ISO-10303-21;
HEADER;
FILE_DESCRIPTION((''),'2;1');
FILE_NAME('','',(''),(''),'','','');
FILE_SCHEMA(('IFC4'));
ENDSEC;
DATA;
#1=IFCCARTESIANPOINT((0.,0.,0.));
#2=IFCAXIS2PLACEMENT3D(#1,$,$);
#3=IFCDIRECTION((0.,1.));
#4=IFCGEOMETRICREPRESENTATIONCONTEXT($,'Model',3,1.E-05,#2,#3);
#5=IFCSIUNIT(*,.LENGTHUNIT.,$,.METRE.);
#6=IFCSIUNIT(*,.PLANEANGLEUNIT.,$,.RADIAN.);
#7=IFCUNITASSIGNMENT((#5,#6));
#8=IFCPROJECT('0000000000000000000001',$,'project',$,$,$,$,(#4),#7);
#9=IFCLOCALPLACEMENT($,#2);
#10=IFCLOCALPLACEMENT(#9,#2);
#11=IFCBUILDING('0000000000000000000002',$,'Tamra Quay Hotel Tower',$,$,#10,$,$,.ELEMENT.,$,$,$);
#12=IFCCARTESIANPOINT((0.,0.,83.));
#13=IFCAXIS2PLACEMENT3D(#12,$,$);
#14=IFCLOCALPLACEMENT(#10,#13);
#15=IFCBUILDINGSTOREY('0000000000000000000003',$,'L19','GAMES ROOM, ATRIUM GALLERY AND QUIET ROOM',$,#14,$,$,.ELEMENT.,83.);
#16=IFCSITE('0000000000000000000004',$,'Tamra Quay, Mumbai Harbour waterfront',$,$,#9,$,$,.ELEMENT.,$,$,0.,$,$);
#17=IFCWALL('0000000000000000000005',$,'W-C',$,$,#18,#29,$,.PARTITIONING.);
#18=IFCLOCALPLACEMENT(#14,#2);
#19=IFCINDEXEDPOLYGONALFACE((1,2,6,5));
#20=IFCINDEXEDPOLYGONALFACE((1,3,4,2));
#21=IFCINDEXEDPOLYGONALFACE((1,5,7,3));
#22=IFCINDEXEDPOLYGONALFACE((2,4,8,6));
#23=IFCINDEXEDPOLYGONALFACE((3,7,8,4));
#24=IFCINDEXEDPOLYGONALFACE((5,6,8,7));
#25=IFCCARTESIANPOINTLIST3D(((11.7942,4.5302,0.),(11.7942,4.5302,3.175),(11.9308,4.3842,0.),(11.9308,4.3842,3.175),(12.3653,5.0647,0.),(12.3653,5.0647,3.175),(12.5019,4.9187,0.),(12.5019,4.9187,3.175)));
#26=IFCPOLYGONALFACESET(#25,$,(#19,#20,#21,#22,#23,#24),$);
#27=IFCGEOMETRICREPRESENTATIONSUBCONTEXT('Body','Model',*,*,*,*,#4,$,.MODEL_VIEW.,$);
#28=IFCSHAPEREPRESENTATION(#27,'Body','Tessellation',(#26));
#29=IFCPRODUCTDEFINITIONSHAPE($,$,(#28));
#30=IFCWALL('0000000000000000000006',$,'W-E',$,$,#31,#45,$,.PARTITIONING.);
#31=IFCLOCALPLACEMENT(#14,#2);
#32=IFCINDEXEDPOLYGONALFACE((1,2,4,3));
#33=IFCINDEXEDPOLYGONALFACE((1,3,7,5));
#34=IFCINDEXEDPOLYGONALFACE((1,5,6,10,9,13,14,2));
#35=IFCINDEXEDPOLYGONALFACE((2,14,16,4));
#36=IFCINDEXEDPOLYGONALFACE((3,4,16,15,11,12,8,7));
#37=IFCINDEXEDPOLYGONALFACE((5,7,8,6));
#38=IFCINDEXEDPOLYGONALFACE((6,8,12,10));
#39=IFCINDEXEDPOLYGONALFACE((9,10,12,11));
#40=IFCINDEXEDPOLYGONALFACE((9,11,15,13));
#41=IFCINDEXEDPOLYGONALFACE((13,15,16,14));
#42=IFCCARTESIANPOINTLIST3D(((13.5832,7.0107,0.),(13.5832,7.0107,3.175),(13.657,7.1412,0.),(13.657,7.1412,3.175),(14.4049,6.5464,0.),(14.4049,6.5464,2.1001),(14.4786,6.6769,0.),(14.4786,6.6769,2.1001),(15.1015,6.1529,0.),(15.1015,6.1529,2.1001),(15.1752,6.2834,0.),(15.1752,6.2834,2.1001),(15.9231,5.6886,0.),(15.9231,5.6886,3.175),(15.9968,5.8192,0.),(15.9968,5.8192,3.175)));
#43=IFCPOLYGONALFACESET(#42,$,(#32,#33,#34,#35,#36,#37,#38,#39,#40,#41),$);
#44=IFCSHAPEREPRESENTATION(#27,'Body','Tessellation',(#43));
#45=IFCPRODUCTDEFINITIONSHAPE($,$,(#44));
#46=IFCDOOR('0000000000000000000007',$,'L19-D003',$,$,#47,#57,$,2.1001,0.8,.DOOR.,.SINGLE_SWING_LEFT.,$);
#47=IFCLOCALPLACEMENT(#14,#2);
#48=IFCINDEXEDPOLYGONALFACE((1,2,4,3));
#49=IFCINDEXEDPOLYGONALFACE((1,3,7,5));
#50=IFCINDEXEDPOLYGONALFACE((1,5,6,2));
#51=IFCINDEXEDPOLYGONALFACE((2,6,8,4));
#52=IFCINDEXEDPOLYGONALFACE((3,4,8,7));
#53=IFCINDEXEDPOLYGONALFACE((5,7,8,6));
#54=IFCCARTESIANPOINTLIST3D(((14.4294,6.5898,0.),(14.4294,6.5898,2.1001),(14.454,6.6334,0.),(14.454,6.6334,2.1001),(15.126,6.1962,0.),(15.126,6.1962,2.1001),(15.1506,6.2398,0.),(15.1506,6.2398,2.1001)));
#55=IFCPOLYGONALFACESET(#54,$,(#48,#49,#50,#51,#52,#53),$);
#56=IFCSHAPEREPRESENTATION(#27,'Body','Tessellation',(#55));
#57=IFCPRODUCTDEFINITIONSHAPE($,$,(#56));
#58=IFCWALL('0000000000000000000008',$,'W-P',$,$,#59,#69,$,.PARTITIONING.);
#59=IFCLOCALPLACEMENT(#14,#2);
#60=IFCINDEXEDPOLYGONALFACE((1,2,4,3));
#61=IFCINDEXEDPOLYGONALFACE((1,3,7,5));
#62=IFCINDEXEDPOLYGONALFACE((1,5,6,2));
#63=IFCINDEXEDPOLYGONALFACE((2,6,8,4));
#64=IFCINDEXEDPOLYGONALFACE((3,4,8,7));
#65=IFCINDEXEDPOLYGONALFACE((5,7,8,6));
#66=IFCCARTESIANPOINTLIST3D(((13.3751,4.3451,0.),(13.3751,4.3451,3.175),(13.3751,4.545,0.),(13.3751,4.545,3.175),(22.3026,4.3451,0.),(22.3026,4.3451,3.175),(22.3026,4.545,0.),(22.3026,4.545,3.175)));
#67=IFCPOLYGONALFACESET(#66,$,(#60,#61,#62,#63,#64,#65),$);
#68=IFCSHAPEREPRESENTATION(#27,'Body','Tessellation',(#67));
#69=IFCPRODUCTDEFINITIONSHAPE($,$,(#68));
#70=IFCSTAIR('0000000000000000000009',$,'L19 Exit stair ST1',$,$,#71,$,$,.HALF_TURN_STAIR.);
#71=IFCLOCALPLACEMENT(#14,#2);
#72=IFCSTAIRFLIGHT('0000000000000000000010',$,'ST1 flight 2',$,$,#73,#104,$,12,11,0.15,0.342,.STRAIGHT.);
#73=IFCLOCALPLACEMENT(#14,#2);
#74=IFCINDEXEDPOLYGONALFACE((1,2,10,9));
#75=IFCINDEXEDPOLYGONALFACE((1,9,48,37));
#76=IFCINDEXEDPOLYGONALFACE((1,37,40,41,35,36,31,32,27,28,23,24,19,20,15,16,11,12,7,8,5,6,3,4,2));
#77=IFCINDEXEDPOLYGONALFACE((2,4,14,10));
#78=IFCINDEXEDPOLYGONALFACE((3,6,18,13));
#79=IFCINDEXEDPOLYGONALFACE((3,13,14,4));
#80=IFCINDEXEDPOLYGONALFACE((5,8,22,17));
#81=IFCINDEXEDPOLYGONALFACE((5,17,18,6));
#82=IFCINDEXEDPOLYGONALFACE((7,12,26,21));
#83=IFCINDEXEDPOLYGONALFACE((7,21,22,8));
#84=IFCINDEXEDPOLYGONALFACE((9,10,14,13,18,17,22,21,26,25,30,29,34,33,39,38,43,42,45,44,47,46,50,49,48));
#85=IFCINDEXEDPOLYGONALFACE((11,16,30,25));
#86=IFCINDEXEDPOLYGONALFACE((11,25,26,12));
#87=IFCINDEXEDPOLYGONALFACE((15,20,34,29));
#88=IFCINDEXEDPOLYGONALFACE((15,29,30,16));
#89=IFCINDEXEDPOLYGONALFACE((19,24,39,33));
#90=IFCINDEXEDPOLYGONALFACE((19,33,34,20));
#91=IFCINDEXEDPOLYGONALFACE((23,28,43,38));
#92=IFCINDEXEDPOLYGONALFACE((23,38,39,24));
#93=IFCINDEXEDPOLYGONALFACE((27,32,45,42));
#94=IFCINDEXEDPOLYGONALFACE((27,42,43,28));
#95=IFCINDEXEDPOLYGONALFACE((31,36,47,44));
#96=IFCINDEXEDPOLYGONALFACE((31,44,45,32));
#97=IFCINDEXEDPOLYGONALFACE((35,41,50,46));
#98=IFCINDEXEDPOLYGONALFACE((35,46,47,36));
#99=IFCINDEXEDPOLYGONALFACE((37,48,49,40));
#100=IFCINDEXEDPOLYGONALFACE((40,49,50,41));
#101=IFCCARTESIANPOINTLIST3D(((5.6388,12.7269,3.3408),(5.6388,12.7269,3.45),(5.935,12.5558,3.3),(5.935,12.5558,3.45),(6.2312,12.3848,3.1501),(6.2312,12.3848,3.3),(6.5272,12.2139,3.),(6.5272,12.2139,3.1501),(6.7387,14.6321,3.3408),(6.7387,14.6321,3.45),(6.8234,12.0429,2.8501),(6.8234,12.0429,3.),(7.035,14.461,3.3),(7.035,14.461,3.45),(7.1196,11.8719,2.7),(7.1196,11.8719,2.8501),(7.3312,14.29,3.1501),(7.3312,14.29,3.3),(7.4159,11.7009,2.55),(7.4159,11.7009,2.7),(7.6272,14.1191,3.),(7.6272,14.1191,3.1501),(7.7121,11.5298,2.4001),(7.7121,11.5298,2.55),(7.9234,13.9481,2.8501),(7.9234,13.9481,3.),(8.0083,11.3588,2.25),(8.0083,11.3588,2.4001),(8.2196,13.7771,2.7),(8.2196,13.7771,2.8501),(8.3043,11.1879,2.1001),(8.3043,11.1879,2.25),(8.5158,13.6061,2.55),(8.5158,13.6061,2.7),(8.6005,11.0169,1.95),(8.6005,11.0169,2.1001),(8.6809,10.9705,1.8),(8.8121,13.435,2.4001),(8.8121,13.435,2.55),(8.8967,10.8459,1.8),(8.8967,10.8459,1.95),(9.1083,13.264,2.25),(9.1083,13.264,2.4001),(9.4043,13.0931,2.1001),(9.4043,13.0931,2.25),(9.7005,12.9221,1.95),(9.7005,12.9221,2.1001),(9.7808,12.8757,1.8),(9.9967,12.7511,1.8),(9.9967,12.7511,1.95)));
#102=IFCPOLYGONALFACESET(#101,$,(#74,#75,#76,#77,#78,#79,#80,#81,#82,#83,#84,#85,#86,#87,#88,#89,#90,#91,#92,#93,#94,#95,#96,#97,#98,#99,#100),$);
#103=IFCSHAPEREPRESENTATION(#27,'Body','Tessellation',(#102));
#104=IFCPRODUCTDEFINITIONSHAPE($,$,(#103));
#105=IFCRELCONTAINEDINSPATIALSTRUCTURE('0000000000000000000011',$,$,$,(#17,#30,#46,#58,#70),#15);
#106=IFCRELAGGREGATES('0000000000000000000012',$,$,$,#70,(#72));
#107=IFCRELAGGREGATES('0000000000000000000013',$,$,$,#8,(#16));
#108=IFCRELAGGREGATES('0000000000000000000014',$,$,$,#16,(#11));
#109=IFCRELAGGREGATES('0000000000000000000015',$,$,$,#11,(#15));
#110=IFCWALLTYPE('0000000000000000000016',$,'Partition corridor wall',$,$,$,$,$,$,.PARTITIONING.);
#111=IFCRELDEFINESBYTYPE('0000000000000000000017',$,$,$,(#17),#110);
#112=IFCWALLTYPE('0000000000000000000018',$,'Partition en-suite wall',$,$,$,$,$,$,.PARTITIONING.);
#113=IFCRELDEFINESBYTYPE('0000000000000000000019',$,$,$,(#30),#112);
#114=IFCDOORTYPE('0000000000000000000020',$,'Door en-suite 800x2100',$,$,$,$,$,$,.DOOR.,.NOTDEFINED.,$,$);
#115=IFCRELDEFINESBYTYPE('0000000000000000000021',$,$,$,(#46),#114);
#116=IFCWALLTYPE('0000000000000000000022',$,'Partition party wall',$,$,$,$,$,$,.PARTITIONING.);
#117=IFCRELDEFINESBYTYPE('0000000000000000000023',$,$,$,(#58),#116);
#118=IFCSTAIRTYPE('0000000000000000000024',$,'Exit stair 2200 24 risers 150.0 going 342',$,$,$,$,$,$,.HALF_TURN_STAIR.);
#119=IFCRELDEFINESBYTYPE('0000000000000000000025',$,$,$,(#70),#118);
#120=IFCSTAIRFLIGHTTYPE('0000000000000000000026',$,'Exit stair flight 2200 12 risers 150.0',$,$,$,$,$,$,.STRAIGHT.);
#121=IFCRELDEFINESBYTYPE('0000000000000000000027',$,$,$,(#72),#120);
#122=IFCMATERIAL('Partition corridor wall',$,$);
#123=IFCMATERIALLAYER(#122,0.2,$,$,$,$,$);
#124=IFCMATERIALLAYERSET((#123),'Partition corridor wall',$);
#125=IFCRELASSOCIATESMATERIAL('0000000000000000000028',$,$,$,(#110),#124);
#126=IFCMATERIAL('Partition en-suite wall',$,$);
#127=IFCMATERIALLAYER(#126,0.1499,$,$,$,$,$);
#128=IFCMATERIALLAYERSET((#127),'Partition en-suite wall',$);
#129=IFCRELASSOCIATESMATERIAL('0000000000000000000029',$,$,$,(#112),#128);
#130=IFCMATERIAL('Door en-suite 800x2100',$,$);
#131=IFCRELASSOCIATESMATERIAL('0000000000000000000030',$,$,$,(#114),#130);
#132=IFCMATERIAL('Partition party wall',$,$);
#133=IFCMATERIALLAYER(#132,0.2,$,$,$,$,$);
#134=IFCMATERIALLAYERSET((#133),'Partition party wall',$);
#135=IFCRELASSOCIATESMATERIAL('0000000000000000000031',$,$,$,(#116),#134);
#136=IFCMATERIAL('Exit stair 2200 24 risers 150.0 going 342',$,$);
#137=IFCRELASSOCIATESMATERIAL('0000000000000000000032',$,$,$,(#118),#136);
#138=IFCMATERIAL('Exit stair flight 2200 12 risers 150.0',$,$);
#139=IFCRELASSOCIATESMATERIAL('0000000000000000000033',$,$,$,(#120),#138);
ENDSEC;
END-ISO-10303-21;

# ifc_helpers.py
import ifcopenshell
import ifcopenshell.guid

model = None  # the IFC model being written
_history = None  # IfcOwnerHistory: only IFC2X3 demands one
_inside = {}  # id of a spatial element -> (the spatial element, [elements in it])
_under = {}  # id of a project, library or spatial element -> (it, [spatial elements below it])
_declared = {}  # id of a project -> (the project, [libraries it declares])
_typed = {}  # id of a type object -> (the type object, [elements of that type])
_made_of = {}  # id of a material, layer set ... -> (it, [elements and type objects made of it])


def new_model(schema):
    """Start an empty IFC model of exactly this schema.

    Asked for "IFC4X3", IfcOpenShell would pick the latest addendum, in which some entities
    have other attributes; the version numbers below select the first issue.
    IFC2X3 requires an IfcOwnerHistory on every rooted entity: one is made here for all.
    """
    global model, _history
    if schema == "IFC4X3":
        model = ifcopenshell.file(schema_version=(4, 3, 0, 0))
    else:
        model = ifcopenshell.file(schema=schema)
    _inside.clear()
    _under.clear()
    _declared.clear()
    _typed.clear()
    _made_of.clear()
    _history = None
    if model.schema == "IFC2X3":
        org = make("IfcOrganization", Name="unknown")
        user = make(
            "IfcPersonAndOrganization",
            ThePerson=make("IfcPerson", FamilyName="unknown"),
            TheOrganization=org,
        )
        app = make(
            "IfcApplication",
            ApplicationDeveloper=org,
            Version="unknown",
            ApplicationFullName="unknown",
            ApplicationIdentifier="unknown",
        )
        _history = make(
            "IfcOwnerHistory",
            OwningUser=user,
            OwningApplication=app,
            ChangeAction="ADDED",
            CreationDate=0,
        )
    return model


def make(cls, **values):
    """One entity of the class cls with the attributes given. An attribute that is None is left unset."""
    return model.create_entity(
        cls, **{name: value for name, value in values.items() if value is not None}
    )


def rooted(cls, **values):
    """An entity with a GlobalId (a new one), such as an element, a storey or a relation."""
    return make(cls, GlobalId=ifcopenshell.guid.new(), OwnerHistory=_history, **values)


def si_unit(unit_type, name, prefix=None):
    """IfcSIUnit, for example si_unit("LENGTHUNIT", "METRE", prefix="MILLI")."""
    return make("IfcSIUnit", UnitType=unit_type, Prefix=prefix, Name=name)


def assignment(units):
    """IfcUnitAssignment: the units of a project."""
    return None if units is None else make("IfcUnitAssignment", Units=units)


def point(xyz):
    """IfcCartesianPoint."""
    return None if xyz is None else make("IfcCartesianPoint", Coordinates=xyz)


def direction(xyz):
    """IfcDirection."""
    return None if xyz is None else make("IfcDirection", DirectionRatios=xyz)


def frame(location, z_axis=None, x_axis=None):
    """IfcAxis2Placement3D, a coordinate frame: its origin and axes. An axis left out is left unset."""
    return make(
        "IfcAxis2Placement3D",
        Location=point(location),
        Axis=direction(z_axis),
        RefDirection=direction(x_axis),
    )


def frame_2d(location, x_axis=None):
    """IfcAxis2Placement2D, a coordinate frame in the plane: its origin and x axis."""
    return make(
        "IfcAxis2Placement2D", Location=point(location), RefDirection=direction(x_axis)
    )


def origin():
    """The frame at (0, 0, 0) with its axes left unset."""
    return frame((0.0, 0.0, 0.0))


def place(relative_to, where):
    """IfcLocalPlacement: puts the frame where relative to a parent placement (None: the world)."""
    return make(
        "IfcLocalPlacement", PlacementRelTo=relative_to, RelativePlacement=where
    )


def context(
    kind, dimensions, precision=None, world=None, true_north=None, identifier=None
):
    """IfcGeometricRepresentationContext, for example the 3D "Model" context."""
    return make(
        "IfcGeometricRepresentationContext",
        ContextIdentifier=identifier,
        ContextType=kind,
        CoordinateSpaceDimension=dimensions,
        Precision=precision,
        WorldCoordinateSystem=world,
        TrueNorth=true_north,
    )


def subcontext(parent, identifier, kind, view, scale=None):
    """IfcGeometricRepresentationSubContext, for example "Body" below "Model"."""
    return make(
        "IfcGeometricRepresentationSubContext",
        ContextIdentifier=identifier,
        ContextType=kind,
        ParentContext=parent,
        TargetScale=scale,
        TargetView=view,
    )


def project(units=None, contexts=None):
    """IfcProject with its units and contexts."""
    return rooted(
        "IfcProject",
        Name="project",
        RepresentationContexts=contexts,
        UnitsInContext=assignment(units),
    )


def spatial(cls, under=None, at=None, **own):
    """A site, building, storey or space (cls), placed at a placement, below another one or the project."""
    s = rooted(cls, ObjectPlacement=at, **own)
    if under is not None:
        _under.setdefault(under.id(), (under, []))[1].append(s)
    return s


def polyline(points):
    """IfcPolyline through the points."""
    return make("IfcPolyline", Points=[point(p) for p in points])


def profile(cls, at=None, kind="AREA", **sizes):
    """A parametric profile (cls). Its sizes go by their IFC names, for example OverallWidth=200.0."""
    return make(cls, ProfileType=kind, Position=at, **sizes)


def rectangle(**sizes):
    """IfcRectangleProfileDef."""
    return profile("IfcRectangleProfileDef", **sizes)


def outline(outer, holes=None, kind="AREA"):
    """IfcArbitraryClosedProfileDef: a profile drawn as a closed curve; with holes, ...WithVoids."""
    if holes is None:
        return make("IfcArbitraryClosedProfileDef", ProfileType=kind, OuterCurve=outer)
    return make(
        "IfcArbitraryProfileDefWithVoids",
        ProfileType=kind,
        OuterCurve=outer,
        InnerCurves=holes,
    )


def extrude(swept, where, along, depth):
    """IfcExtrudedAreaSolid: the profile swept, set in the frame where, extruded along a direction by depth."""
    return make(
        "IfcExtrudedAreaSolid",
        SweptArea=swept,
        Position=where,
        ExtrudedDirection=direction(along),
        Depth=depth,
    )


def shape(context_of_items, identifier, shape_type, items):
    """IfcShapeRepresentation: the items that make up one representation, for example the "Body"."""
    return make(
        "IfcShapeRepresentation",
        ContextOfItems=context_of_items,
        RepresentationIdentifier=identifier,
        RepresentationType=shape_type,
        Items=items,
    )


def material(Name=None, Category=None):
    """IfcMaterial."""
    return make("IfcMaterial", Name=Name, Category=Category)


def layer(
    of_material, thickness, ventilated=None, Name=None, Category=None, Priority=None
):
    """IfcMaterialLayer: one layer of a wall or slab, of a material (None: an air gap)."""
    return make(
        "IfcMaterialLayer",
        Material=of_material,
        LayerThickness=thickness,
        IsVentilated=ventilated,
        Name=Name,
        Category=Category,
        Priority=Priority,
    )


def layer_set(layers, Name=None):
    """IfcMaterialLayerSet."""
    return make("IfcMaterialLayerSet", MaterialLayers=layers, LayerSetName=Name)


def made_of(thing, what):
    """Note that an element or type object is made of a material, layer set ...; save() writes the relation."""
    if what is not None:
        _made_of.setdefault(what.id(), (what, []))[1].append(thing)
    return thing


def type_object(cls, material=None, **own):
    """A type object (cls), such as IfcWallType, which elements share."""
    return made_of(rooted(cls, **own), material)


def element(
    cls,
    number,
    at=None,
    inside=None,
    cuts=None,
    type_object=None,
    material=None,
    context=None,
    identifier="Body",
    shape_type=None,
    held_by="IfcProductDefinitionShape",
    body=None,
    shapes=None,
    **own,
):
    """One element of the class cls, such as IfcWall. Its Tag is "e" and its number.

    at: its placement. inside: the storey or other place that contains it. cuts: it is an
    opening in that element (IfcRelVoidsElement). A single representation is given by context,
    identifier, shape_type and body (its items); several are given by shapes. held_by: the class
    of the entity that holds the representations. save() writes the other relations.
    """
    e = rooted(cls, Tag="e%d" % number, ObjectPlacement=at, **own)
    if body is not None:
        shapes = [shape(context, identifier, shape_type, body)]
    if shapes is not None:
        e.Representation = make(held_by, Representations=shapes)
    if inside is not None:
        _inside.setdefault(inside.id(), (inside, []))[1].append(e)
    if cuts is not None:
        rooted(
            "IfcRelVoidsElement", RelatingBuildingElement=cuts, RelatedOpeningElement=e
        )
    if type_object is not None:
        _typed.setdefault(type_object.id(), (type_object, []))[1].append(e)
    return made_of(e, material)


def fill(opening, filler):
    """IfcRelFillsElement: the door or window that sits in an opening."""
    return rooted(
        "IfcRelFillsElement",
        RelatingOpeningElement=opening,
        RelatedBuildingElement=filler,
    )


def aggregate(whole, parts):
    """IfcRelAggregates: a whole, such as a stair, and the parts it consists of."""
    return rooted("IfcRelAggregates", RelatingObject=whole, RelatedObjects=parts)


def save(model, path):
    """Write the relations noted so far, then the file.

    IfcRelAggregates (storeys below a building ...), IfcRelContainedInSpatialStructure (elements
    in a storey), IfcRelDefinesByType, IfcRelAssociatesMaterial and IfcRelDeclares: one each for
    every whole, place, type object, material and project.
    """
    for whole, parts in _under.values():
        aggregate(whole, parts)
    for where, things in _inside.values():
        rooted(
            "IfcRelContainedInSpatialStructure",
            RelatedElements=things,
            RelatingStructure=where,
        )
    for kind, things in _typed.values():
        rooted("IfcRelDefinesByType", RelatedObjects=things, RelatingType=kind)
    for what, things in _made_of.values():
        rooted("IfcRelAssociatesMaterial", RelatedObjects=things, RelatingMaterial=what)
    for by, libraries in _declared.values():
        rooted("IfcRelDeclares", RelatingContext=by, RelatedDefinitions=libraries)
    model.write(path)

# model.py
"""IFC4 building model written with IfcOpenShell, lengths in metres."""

from ifc_helpers import new_model, si_unit, direction, frame, frame_2d, origin, place, context, subcontext, project, spatial, polyline, rectangle, outline, extrude, material, layer, layer_set, type_object, element, fill, aggregate, save


model = new_model("IFC4")

# Units and contexts
model_context = context("Model", 3, precision=1e-05, world=origin(), true_north=direction((0.0, 1.0)))
body_context = subcontext(model_context, "Body", "Model", "MODEL_VIEW")
ifc_project = project(units=[si_unit("LENGTHUNIT", "METRE"), si_unit("PLANEANGLEUNIT", "RADIAN")], contexts=[model_context])

# Site, building, storey
site_placement = place(None, origin())
site = spatial("IfcSite", under=ifc_project, at=site_placement, Name="Tamra Quay, Mumbai Harbour waterfront", CompositionType="ELEMENT", RefElevation=0.0)
building_placement = place(site_placement, origin())
building = spatial("IfcBuilding", under=site, at=building_placement, Name="Tamra Quay Hotel Tower", CompositionType="ELEMENT")
storey_placement = place(building_placement, frame((0.0, 0.0, 83.0)))
storey = spatial("IfcBuildingStorey", under=building, at=storey_placement, Name="L19", Description="GAMES ROOM, ATRIUM GALLERY AND QUIET ROOM", CompositionType="ELEMENT", Elevation=83.0)

# Shared definitions
ifc_material_1 = material(Name="Partition corridor wall")
ifc_layer_1 = layer(ifc_material_1, 0.2)
ifc_layer_set_1 = layer_set([ifc_layer_1], Name="Partition corridor wall")
wall_type_1 = type_object("IfcWallType", Name="Partition corridor wall", PredefinedType="PARTITIONING", material=ifc_layer_set_1)

# Wall
wall_1_placement = place(storey_placement, frame((12.4336, 4.9917, 0.0), z_axis=(0.0, 0.0, 1.0), x_axis=(-0.730131, -0.683307, 0.0)))
element("IfcWall", 1, at=wall_1_placement, inside=storey, type_object=wall_type_1, Name="W-C", PredefinedType="PARTITIONING", context=body_context, shape_type="SweptSolid", body=[
    extrude(rectangle(XDim=0.7822, YDim=0.2, at=frame_2d((0.3911, 0.0))), origin(), (0.0, 0.0, 1.0), 3.175),
])

# Wall, opening, door
ifc_material_2 = material(Name="Partition en-suite wall")
ifc_layer_2 = layer(ifc_material_2, 0.1499)
ifc_layer_set_2 = layer_set([ifc_layer_2], Name="Partition en-suite wall")
wall_type_2 = type_object("IfcWallType", Name="Partition en-suite wall", PredefinedType="PARTITIONING", material=ifc_layer_set_2)
wall_2_placement = place(storey_placement, frame((13.6201, 7.0759, 0.0), z_axis=(0.0, 0.0, 1.0), x_axis=(0.870642, -0.491917, 0.0)))
wall_2 = element("IfcWall", 2, at=wall_2_placement, inside=storey, type_object=wall_type_2, Name="W-E", PredefinedType="PARTITIONING", context=body_context, shape_type="SweptSolid", body=[
    extrude(rectangle(XDim=2.6875, YDim=0.1499, at=frame_2d((1.3438, 0.0))), origin(), (0.0, 0.0, 1.0), 3.175),
])
opening_1_placement = place(wall_2_placement, frame((0.9438, 0.0, 0.0)))
opening_1 = element("IfcOpeningElement", 3, at=opening_1_placement, cuts=wall_2, PredefinedType="OPENING", context=body_context, shape_type="SweptSolid", body=[
    extrude(rectangle(XDim=0.8, YDim=2.1001, at=frame_2d((0.3999, 1.05))), frame((0.0, 0.085, 0.0), z_axis=(0.0, -1.0, 0.0), x_axis=(1.0, 0.0, 0.0)), (0.0, 0.0, 1.0), 0.1699),
])
ifc_material_3 = material(Name="Door en-suite 800x2100")
door_type_1 = type_object("IfcDoorType", Name="Door en-suite 800x2100", OperationType="NOTDEFINED", PredefinedType="DOOR", material=ifc_material_3)
door_1_placement = place(opening_1_placement, origin())
door_1 = element("IfcDoor", 4, at=door_1_placement, inside=storey, type_object=door_type_1, Name="L19-D003", OperationType="SINGLE_SWING_LEFT", OverallHeight=2.1001, OverallWidth=0.8, PredefinedType="DOOR", context=body_context, shape_type="SweptSolid", body=[
    extrude(rectangle(XDim=0.8, YDim=2.1001, at=frame_2d((0.3999, 1.05))), frame((0.0, 0.0249, 0.0), z_axis=(0.0, -1.0, 0.0), x_axis=(1.0, 0.0, 0.0)), (0.0, 0.0, 1.0), 0.05),
])
fill(opening_1, door_1)

# Wall
ifc_material_4 = material(Name="Partition party wall")
ifc_layer_3 = layer(ifc_material_4, 0.2)
ifc_layer_set_3 = layer_set([ifc_layer_3], Name="Partition party wall")
wall_type_3 = type_object("IfcWallType", Name="Partition party wall", PredefinedType="PARTITIONING", material=ifc_layer_set_3)
wall_3_placement = place(storey_placement, frame((13.375, 4.4451, 0.0), z_axis=(0.0, 0.0, 1.0), x_axis=(1.0, 0.0, 0.0)))
element("IfcWall", 5, at=wall_3_placement, inside=storey, type_object=wall_type_3, Name="W-P", PredefinedType="PARTITIONING", context=body_context, shape_type="SweptSolid", body=[
    extrude(rectangle(XDim=8.9275, YDim=0.2, at=frame_2d((4.4639, 0.0))), origin(), (0.0, 0.0, 1.0), 3.175),
])

# Stair, stair flight
ifc_material_5 = material(Name="Exit stair 2200 24 risers 150.0 going 342")
stair_type = type_object("IfcStairType", Name="Exit stair 2200 24 risers 150.0 going 342", PredefinedType="HALF_TURN_STAIR", material=ifc_material_5)
stair_placement = place(storey_placement, origin())
stair = element("IfcStair", 6, at=stair_placement, inside=storey, type_object=stair_type, Name="L19 Exit stair ST1", PredefinedType="HALF_TURN_STAIR")
ifc_material_6 = material(Name="Exit stair flight 2200 12 risers 150.0")
stair_flight_type = type_object("IfcStairFlightType", Name="Exit stair flight 2200 12 risers 150.0", PredefinedType="STRAIGHT", material=ifc_material_6)
stair_flight_placement = place(storey_placement, frame((9.4468, 11.7986, 1.8), z_axis=(0.0, 0.0, 1.0), x_axis=(-0.866025, 0.5, 0.0)))
stair_flight = element("IfcStairFlight", 7, at=stair_flight_placement, type_object=stair_flight_type, Name="ST1 flight 2", NumberOfRisers=12, NumberOfTreads=11, PredefinedType="STRAIGHT", RiserHeight=0.15, TreadLength=0.342, context=body_context, shape_type="SweptSolid", body=[
    extrude(outline(polyline([(0.0, 0.0), (0.0, 0.1499), (0.342, 0.1499), (0.342, 0.3), (0.6841, 0.3), (0.6841, 0.45), (1.0259, 0.45), (1.0259, 0.6001), (1.3679, 0.6001), (1.3679, 0.75), (1.71, 0.75), (1.71, 0.8999), (2.052, 0.8999), (2.052, 1.05), (2.394, 1.05), (2.394, 1.2), (2.7361, 1.2), (2.7361, 1.3501), (3.0779, 1.3501), (3.0779, 1.5), (3.4199, 1.5), (3.4199, 1.6499), (3.762, 1.6499), (3.762, 1.8), (3.762, 1.5408), (0.2493, 0.0), (0.0, 0.0)])), frame((0.0, 1.1001, 0.0), z_axis=(0.0, -1.0, 0.0), x_axis=(1.0, 0.0, 0.0)), (0.0, 0.0, 1.0), 2.2),
])
aggregate(stair, [stair_flight])

save(model, "model.ifc")
